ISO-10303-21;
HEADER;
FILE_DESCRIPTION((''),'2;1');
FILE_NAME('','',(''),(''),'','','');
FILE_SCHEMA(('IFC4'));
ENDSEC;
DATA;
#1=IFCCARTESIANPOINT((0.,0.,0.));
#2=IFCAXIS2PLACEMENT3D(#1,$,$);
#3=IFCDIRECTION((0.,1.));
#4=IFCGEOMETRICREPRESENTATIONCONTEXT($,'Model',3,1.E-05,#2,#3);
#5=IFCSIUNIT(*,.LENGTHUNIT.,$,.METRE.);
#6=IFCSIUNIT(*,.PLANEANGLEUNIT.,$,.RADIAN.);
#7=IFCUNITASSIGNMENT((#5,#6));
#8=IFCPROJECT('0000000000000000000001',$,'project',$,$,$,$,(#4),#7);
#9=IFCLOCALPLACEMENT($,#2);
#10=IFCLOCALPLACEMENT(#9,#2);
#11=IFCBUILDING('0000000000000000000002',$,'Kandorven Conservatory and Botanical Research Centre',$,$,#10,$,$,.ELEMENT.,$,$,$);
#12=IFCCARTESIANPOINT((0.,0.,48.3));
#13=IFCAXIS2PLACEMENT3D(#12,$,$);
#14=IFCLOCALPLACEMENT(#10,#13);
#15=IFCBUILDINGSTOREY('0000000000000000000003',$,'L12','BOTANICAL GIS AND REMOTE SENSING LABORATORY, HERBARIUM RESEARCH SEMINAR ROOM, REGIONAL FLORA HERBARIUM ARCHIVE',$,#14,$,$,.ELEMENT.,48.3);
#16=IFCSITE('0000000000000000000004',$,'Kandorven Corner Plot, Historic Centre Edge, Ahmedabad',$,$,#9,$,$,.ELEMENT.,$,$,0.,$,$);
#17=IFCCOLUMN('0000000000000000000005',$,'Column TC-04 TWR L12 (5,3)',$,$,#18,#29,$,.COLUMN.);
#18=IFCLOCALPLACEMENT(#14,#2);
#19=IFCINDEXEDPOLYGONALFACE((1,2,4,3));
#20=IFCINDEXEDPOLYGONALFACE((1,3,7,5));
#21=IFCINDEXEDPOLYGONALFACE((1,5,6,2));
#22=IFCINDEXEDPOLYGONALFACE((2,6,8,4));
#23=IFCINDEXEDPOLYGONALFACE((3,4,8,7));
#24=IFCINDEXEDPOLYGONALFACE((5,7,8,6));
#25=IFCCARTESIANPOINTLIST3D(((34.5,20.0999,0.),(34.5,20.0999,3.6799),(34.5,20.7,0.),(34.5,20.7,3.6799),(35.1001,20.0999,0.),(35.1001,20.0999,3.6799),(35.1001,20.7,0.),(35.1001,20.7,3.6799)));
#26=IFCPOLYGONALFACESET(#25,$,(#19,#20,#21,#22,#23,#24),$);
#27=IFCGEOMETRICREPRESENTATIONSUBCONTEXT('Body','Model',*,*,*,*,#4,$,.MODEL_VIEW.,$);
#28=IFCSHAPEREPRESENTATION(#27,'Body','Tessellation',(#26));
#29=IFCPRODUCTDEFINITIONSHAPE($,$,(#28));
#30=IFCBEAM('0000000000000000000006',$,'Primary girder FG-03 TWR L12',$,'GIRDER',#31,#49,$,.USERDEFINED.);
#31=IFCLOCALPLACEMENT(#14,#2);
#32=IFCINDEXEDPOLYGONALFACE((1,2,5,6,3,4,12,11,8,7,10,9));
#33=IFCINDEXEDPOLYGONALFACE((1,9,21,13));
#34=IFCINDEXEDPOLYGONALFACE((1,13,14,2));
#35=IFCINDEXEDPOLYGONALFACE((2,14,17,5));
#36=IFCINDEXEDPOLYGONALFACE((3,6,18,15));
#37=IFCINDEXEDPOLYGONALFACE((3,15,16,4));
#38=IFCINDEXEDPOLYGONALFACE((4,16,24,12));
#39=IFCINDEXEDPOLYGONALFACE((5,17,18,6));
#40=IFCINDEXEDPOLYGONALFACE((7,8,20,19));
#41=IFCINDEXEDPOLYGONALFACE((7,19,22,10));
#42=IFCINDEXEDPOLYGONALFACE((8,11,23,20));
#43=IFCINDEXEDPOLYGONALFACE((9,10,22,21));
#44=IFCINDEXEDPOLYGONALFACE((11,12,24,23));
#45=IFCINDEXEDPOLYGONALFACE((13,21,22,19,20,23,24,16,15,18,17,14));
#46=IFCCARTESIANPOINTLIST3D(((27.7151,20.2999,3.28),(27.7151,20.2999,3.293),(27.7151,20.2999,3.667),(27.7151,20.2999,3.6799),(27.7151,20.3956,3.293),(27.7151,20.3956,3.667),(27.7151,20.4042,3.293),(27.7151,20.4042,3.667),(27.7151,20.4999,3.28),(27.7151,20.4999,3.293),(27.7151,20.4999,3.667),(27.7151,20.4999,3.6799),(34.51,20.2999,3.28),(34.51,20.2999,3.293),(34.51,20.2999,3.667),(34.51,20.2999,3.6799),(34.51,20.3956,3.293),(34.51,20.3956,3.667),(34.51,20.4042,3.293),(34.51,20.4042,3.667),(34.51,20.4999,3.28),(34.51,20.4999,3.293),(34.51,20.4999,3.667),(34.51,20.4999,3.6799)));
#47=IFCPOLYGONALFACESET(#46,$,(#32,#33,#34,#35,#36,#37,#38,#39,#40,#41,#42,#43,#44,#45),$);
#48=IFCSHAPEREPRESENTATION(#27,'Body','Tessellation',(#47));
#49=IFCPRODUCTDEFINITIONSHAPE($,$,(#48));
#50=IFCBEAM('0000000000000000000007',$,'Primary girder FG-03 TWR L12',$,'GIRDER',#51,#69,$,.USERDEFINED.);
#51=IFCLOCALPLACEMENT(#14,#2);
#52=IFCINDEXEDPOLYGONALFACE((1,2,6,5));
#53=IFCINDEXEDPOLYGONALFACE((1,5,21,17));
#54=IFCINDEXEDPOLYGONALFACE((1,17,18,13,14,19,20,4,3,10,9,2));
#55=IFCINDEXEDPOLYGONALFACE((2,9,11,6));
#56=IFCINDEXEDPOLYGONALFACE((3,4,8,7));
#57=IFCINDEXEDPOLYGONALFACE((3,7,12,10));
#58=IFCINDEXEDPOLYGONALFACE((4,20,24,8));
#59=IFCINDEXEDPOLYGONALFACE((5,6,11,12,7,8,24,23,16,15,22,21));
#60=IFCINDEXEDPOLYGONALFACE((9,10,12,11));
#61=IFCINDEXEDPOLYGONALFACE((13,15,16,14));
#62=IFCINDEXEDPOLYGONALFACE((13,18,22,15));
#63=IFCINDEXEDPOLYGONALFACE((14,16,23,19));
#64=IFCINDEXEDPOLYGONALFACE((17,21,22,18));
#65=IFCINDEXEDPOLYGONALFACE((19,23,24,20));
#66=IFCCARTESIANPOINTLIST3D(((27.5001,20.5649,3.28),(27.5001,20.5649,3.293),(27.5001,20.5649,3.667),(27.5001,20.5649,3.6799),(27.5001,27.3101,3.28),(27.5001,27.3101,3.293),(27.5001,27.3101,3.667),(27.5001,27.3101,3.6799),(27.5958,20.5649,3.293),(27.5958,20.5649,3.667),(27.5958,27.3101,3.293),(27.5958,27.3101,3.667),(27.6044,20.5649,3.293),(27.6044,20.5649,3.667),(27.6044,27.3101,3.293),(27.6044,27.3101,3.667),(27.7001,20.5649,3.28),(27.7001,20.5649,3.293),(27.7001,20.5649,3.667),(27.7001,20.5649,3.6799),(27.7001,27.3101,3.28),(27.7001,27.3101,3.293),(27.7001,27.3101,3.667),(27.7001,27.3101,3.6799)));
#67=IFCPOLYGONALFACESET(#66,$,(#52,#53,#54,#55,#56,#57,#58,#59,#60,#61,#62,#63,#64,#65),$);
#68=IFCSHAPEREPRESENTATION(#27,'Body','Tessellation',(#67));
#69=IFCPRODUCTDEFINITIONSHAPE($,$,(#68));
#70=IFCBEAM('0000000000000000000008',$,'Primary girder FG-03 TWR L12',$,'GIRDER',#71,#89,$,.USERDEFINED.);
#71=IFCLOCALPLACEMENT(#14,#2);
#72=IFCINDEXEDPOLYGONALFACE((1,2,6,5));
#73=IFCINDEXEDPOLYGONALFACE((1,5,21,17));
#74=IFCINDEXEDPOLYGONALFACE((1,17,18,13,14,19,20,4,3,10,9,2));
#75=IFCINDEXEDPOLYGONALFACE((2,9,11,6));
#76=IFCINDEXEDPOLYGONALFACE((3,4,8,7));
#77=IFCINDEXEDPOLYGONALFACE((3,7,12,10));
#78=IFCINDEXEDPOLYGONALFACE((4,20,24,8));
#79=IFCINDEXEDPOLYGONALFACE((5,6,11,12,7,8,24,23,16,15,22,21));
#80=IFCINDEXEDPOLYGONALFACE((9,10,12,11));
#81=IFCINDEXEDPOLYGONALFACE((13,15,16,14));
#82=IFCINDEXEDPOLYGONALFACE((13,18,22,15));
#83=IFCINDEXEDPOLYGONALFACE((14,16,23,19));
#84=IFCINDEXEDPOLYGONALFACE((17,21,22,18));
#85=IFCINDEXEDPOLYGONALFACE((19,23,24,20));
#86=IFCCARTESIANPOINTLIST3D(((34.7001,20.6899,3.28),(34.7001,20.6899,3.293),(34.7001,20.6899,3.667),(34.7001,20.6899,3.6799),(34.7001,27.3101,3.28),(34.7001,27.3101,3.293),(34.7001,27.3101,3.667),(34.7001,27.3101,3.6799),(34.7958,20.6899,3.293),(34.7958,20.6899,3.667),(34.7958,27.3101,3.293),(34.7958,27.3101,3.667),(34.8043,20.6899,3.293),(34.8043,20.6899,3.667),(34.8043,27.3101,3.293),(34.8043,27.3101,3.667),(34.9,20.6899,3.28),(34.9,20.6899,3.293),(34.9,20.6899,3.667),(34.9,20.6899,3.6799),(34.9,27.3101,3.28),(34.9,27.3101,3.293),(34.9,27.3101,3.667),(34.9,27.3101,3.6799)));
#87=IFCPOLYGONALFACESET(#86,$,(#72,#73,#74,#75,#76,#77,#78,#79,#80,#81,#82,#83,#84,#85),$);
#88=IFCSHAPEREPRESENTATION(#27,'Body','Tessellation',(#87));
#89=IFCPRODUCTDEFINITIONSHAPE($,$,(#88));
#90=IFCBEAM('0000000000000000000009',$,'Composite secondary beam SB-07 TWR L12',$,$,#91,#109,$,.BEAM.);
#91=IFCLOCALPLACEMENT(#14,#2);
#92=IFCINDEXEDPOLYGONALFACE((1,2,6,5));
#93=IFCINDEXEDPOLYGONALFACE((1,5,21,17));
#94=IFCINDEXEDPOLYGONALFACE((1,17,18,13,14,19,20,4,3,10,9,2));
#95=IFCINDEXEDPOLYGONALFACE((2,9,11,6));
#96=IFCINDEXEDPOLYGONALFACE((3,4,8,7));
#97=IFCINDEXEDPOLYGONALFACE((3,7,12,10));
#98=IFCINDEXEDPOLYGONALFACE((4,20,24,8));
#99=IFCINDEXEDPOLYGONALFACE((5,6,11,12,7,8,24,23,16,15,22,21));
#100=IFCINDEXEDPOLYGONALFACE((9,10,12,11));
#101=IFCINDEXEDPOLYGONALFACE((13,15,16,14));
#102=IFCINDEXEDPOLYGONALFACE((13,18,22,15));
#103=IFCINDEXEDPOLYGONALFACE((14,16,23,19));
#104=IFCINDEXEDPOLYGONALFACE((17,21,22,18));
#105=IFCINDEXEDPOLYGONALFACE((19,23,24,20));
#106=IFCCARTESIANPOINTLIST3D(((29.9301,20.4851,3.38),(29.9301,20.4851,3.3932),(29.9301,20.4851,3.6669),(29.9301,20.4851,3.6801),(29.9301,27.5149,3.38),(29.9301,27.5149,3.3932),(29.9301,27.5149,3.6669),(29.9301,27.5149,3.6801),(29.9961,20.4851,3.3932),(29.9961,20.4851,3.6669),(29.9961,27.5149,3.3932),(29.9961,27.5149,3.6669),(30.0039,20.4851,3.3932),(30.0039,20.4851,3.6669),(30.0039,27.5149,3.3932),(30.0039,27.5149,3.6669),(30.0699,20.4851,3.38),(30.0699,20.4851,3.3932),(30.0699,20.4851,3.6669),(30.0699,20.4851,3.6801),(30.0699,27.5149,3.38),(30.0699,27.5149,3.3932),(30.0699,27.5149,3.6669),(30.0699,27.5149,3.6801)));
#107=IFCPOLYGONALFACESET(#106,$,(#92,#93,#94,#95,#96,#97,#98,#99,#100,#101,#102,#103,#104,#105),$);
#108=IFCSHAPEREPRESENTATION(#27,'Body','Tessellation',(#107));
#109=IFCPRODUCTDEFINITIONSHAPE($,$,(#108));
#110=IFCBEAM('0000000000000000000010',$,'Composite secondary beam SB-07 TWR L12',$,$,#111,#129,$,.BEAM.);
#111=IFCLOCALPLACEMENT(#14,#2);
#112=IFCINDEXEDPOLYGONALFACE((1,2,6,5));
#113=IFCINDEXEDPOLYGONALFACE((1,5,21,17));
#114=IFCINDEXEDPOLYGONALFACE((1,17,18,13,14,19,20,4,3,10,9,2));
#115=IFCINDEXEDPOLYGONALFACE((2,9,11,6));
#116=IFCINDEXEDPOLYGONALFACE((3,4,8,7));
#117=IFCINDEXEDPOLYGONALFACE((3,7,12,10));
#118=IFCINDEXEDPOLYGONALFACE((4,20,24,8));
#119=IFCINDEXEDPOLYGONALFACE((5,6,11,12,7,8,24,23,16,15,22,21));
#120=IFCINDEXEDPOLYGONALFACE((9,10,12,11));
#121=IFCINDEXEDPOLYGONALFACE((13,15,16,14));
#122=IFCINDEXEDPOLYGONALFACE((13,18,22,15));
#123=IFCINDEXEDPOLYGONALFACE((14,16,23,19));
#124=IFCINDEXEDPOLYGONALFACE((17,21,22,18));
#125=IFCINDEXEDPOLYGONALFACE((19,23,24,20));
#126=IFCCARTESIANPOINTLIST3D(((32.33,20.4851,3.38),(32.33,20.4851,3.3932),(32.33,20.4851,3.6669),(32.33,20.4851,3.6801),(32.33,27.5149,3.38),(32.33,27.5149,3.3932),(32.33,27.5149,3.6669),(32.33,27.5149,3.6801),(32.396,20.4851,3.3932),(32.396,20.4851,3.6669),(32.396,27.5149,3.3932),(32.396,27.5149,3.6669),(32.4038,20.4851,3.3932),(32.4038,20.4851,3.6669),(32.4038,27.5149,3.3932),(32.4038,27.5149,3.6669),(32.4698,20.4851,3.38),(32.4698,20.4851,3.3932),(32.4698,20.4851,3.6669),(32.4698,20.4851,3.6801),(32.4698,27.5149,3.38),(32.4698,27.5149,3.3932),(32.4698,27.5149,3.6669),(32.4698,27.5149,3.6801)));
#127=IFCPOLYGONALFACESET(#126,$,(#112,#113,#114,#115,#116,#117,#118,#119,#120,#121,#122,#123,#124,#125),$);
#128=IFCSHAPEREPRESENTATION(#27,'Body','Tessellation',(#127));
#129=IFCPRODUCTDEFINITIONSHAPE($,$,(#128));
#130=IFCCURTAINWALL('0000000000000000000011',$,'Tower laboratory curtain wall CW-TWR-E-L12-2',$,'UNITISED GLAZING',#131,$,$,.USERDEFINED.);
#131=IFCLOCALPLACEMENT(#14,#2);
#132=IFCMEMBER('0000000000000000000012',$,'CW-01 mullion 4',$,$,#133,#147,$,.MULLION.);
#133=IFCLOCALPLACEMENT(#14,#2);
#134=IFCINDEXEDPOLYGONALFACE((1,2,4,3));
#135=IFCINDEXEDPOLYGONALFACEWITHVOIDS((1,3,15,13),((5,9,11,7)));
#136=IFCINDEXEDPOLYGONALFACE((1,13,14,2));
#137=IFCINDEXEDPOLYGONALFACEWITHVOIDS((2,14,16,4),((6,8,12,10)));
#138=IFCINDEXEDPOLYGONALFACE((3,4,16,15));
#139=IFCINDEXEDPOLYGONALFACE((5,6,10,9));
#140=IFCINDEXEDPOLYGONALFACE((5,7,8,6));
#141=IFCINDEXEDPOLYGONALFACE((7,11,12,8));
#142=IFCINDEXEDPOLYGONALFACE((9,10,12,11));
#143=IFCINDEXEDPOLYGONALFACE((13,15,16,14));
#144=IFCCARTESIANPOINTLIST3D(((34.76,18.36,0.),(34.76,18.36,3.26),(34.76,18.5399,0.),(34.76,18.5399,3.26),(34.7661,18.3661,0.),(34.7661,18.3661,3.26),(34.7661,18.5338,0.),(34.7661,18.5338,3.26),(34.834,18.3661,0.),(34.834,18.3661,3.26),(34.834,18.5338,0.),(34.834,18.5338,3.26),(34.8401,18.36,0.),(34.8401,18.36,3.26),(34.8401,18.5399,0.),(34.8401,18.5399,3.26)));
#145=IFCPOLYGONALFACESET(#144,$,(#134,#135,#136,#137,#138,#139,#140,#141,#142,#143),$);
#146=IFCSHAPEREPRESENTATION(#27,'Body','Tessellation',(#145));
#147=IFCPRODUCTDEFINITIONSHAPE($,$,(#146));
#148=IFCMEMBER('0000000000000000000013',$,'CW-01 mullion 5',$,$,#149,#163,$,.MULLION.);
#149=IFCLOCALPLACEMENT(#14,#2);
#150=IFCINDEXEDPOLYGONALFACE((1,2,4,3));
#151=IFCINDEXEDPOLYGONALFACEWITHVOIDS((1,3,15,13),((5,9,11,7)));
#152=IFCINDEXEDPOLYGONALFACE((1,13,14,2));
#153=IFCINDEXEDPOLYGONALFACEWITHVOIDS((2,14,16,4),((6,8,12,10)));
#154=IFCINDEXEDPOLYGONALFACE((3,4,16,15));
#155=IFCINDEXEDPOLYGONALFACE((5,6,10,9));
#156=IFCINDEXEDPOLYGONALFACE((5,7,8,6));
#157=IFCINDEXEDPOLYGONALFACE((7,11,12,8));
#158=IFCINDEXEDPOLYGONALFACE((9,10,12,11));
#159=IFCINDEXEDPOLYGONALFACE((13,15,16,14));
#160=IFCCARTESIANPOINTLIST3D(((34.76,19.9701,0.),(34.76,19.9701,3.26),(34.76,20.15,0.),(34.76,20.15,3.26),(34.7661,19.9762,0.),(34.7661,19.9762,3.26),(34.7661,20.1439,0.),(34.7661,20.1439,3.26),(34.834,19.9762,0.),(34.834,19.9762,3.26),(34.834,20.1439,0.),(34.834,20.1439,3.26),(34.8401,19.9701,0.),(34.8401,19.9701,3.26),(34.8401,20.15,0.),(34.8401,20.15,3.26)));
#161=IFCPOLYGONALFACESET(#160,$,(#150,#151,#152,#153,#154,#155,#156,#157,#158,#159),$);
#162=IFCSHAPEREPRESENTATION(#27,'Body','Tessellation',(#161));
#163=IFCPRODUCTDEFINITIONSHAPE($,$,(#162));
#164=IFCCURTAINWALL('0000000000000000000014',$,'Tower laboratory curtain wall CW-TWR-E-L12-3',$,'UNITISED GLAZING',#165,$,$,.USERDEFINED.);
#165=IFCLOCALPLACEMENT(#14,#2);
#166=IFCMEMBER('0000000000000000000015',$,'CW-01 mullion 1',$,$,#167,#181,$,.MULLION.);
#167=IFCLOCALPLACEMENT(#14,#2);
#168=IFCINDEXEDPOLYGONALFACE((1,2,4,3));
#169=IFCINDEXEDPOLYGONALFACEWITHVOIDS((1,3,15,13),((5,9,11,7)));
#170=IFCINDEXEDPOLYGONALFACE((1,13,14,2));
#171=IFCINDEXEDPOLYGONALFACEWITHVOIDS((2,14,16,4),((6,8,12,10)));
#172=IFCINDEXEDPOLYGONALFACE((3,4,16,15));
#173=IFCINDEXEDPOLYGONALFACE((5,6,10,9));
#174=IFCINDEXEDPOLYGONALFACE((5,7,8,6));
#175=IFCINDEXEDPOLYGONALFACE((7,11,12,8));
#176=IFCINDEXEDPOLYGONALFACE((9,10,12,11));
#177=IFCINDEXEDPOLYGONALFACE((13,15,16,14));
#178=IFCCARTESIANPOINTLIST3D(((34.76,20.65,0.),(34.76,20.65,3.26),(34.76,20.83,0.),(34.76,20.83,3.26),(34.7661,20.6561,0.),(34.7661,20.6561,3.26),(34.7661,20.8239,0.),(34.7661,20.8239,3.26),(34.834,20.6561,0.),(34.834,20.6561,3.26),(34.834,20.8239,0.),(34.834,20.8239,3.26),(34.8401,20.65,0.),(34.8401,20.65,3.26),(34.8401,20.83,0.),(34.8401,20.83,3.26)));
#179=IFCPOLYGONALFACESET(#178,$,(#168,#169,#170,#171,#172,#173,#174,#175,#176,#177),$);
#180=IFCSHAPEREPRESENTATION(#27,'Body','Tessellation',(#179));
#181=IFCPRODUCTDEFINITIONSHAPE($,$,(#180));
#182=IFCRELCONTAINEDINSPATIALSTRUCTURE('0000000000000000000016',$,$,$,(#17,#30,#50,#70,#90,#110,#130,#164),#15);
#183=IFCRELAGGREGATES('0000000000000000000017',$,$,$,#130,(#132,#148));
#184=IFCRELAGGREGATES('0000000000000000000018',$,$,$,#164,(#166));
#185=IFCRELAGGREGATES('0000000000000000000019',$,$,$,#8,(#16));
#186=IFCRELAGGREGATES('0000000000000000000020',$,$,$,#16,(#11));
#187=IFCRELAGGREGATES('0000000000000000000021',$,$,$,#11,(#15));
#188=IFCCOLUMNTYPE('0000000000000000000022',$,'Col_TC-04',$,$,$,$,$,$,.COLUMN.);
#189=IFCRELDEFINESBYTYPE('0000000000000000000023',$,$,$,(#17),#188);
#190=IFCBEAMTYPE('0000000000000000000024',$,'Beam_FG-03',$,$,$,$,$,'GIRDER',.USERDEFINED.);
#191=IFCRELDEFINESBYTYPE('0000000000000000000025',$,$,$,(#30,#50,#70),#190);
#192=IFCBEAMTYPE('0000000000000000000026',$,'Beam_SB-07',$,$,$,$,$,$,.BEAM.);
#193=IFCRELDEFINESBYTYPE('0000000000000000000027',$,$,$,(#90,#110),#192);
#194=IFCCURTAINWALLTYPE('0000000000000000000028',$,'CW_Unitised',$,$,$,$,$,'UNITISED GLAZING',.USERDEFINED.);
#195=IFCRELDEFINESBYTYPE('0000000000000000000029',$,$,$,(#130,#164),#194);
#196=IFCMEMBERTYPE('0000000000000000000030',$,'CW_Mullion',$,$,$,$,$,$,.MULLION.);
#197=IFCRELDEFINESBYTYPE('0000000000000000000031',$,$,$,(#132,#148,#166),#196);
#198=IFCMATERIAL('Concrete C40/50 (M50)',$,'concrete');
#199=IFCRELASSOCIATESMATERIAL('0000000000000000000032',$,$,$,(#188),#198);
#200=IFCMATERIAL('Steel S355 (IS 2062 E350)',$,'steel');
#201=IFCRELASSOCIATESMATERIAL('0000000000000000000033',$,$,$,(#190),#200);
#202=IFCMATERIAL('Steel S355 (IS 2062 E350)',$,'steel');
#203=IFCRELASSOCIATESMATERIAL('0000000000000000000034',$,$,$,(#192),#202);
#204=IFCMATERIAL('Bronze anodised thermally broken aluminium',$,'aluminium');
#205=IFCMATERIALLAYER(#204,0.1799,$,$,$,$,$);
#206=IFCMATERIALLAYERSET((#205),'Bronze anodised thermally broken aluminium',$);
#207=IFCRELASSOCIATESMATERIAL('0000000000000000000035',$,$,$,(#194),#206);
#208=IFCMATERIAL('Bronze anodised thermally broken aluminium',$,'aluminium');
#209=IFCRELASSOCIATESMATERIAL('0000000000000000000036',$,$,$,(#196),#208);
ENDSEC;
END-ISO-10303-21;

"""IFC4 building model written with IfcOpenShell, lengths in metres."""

from ifc_helpers import new_model, si_unit, direction, frame, origin, origin_2d, place, context, subcontext, project, spatial, rectangle, hollow_rectangle, i_section, extrude, material, layer, layer_set, material_profile, profile_set, type_object, element, aggregate, save


model = new_model("IFC4")

# Units and contexts
model_context = context("Model", 3, precision=1e-05, world=origin(), true_north=direction((0.0, 1.0)))
body_context = subcontext(model_context, "Body", "Model", "MODEL_VIEW")
ifc_project = project(units=[si_unit("LENGTHUNIT", "METRE"), si_unit("PLANEANGLEUNIT", "RADIAN")], contexts=[model_context])

# Site, building, storey
site_placement = place(None, origin())
site = spatial("IfcSite", under=ifc_project, at=site_placement, Name="Kandorven Corner Plot, Historic Centre Edge, Ahmedabad", CompositionType="ELEMENT", RefElevation=0.0)
building_placement = place(site_placement, origin())
building = spatial("IfcBuilding", under=site, at=building_placement, Name="Kandorven Conservatory and Botanical Research Centre", CompositionType="ELEMENT")
storey_placement = place(building_placement, frame((0.0, 0.0, 48.3)))
storey = spatial("IfcBuildingStorey", under=building, at=storey_placement, Name="L12", Description="BOTANICAL GIS AND REMOTE SENSING LABORATORY, HERBARIUM RESEARCH SEMINAR ROOM, REGIONAL FLORA HERBARIUM ARCHIVE", CompositionType="ELEMENT", Elevation=48.3)

# Column
ifc_material_1 = material(Name="Concrete C40/50 (M50)", Category="concrete")
ifc_material_profile_1 = material_profile(ifc_material_1, rectangle(XDim=0.6001, YDim=0.6001, at=origin_2d()))
ifc_profile_set_1 = profile_set([ifc_material_profile_1], Name="Concrete C40/50 (M50)")
column_type = type_object("IfcColumnType", Name="Col_TC-04", PredefinedType="COLUMN", material=ifc_profile_set_1)
column_placement = place(storey_placement, frame((34.8, 20.3999, 0.0), z_axis=(0.0, 0.0, 1.0), x_axis=(1.0, 0.0, 0.0)))
element("IfcColumn", 1, at=column_placement, inside=storey, type_object=column_type, Name="Column TC-04 TWR L12 (5,3)", PredefinedType="COLUMN", context=body_context, shape_type="SweptSolid", body=[
    extrude(rectangle(XDim=0.6001, YDim=0.6001, at=origin_2d()), origin(), (0.0, 0.0, 1.0), 3.6799),
])

# Beams
ifc_material_2 = material(Name="Steel S355 (IS 2062 E350)", Category="steel")
ifc_material_profile_2 = material_profile(ifc_material_2, i_section(OverallWidth=0.2, OverallDepth=0.3999, WebThickness=0.0085, FlangeThickness=0.0129, at=origin_2d()))
ifc_profile_set_2 = profile_set([ifc_material_profile_2], Name="Steel S355 (IS 2062 E350)")
beam_type_1 = type_object("IfcBeamType", Name="Beam_FG-03", ElementType="GIRDER", PredefinedType="USERDEFINED", material=ifc_profile_set_2)
beam_1_placement = place(storey_placement, frame((27.7151, 20.3999, 3.48), z_axis=(1.0, 0.0, 0.0), x_axis=(0.0, 1.0, 0.0)))
element("IfcBeam", 2, at=beam_1_placement, inside=storey, type_object=beam_type_1, Name="Primary girder FG-03 TWR L12", ObjectType="GIRDER", PredefinedType="USERDEFINED", context=body_context, shape_type="SweptSolid", body=[
    extrude(i_section(OverallWidth=0.2, OverallDepth=0.3999, WebThickness=0.0085, FlangeThickness=0.0129, at=origin_2d()), origin(), (0.0, 0.0, 1.0), 6.7949),
])
beam_2_placement = place(storey_placement, frame((27.6001, 20.5649, 3.48), z_axis=(0.0, 1.0, 0.0), x_axis=(-1.0, 0.0, 0.0)))
element("IfcBeam", 3, at=beam_2_placement, inside=storey, type_object=beam_type_1, Name="Primary girder FG-03 TWR L12", ObjectType="GIRDER", PredefinedType="USERDEFINED", context=body_context, shape_type="SweptSolid", body=[
    extrude(i_section(OverallWidth=0.2, OverallDepth=0.3999, WebThickness=0.0085, FlangeThickness=0.0129, at=origin_2d()), origin(), (0.0, 0.0, 1.0), 6.7451),
])
beam_3_placement = place(storey_placement, frame((34.8, 20.6899, 3.48), z_axis=(0.0, 1.0, 0.0), x_axis=(-1.0, 0.0, 0.0)))
element("IfcBeam", 4, at=beam_3_placement, inside=storey, type_object=beam_type_1, Name="Primary girder FG-03 TWR L12", ObjectType="GIRDER", PredefinedType="USERDEFINED", context=body_context, shape_type="SweptSolid", body=[
    extrude(i_section(OverallWidth=0.2, OverallDepth=0.3999, WebThickness=0.0085, FlangeThickness=0.0129, at=origin_2d()), origin(), (0.0, 0.0, 1.0), 6.6201),
])
ifc_material_3 = material(Name="Steel S355 (IS 2062 E350)", Category="steel")
ifc_material_profile_3 = material_profile(ifc_material_3, i_section(OverallWidth=0.1399, OverallDepth=0.3, WebThickness=0.0078, FlangeThickness=0.0132, at=origin_2d()))
ifc_profile_set_3 = profile_set([ifc_material_profile_3], Name="Steel S355 (IS 2062 E350)")
beam_type_2 = type_object("IfcBeamType", Name="Beam_SB-07", PredefinedType="BEAM", material=ifc_profile_set_3)
for number, where, z_axis, x_axis, name in (
    (5, (30.0, 20.4851, 3.53), (0.0, 1.0, 0.0), (-1.0, 0.0, 0.0), "Composite secondary beam SB-07 TWR L12"),
    (6, (32.3999, 20.4851, 3.53), (0.0, 1.0, 0.0), (-1.0, 0.0, 0.0), "Composite secondary beam SB-07 TWR L12"),
):
    element("IfcBeam", number, at=place(storey_placement, frame(where, z_axis=z_axis, x_axis=x_axis)), inside=storey, type_object=beam_type_2, Name=name, PredefinedType="BEAM", context=body_context, shape_type="SweptSolid", body=[
        extrude(i_section(OverallWidth=0.1399, OverallDepth=0.3, WebThickness=0.0078, FlangeThickness=0.0132, at=origin_2d()), origin(), (0.0, 0.0, 1.0), 7.0298),
    ])

# Curtain walls, members
ifc_material_4 = material(Name="Bronze anodised thermally broken aluminium", Category="aluminium")
ifc_layer_1 = layer(ifc_material_4, 0.1799)
ifc_layer_set_1 = layer_set([ifc_layer_1], Name="Bronze anodised thermally broken aluminium")
curtain_wall_type = type_object("IfcCurtainWallType", Name="CW_Unitised", ElementType="UNITISED GLAZING", PredefinedType="USERDEFINED", material=ifc_layer_set_1)
curtain_wall_1_placement = place(storey_placement, origin())
curtain_wall_1 = element("IfcCurtainWall", 7, at=curtain_wall_1_placement, inside=storey, type_object=curtain_wall_type, Name="Tower laboratory curtain wall CW-TWR-E-L12-2", ObjectType="UNITISED GLAZING", PredefinedType="USERDEFINED")
ifc_material_5 = material(Name="Bronze anodised thermally broken aluminium", Category="aluminium")
ifc_material_profile_4 = material_profile(ifc_material_5, hollow_rectangle(XDim=0.0801, YDim=0.1799, WallThickness=0.0061, at=origin_2d()))
ifc_profile_set_4 = profile_set([ifc_material_profile_4], Name="Bronze anodised thermally broken aluminium")
member_type_1 = type_object("IfcMemberType", Name="CW_Mullion", PredefinedType="MULLION", material=ifc_profile_set_4)
member_1_placement = place(storey_placement, frame((34.8, 18.45, 0.0), z_axis=(0.0, 0.0, 1.0), x_axis=(-1.0, 0.0, 0.0)))
member_1 = element("IfcMember", 8, at=member_1_placement, type_object=member_type_1, Name="CW-01 mullion 4", PredefinedType="MULLION", context=body_context, shape_type="SweptSolid", body=[
    extrude(hollow_rectangle(XDim=0.0801, YDim=0.1799, WallThickness=0.0061, at=origin_2d()), origin(), (0.0, 0.0, 1.0), 3.26),
])
member_2_placement = place(storey_placement, frame((34.8, 20.0601, 0.0), z_axis=(0.0, 0.0, 1.0), x_axis=(-1.0, 0.0, 0.0)))
member_2 = element("IfcMember", 9, at=member_2_placement, type_object=member_type_1, Name="CW-01 mullion 5", PredefinedType="MULLION", context=body_context, shape_type="SweptSolid", body=[
    extrude(hollow_rectangle(XDim=0.0801, YDim=0.1799, WallThickness=0.0061, at=origin_2d()), origin(), (0.0, 0.0, 1.0), 3.26),
])
curtain_wall_2_placement = place(storey_placement, origin())
curtain_wall_2 = element("IfcCurtainWall", 10, at=curtain_wall_2_placement, inside=storey, type_object=curtain_wall_type, Name="Tower laboratory curtain wall CW-TWR-E-L12-3", ObjectType="UNITISED GLAZING", PredefinedType="USERDEFINED")
member_3_placement = place(storey_placement, frame((34.8, 20.74, 0.0), z_axis=(0.0, 0.0, 1.0), x_axis=(-1.0, 0.0, 0.0)))
member_3 = element("IfcMember", 11, at=member_3_placement, type_object=member_type_1, Name="CW-01 mullion 1", PredefinedType="MULLION", context=body_context, shape_type="SweptSolid", body=[
    extrude(hollow_rectangle(XDim=0.0801, YDim=0.1799, WallThickness=0.0061, at=origin_2d()), origin(), (0.0, 0.0, 1.0), 3.26),
])

aggregate(curtain_wall_1, [member_1, member_2])
aggregate(curtain_wall_2, [member_3])

save(model, "model.ifc")
